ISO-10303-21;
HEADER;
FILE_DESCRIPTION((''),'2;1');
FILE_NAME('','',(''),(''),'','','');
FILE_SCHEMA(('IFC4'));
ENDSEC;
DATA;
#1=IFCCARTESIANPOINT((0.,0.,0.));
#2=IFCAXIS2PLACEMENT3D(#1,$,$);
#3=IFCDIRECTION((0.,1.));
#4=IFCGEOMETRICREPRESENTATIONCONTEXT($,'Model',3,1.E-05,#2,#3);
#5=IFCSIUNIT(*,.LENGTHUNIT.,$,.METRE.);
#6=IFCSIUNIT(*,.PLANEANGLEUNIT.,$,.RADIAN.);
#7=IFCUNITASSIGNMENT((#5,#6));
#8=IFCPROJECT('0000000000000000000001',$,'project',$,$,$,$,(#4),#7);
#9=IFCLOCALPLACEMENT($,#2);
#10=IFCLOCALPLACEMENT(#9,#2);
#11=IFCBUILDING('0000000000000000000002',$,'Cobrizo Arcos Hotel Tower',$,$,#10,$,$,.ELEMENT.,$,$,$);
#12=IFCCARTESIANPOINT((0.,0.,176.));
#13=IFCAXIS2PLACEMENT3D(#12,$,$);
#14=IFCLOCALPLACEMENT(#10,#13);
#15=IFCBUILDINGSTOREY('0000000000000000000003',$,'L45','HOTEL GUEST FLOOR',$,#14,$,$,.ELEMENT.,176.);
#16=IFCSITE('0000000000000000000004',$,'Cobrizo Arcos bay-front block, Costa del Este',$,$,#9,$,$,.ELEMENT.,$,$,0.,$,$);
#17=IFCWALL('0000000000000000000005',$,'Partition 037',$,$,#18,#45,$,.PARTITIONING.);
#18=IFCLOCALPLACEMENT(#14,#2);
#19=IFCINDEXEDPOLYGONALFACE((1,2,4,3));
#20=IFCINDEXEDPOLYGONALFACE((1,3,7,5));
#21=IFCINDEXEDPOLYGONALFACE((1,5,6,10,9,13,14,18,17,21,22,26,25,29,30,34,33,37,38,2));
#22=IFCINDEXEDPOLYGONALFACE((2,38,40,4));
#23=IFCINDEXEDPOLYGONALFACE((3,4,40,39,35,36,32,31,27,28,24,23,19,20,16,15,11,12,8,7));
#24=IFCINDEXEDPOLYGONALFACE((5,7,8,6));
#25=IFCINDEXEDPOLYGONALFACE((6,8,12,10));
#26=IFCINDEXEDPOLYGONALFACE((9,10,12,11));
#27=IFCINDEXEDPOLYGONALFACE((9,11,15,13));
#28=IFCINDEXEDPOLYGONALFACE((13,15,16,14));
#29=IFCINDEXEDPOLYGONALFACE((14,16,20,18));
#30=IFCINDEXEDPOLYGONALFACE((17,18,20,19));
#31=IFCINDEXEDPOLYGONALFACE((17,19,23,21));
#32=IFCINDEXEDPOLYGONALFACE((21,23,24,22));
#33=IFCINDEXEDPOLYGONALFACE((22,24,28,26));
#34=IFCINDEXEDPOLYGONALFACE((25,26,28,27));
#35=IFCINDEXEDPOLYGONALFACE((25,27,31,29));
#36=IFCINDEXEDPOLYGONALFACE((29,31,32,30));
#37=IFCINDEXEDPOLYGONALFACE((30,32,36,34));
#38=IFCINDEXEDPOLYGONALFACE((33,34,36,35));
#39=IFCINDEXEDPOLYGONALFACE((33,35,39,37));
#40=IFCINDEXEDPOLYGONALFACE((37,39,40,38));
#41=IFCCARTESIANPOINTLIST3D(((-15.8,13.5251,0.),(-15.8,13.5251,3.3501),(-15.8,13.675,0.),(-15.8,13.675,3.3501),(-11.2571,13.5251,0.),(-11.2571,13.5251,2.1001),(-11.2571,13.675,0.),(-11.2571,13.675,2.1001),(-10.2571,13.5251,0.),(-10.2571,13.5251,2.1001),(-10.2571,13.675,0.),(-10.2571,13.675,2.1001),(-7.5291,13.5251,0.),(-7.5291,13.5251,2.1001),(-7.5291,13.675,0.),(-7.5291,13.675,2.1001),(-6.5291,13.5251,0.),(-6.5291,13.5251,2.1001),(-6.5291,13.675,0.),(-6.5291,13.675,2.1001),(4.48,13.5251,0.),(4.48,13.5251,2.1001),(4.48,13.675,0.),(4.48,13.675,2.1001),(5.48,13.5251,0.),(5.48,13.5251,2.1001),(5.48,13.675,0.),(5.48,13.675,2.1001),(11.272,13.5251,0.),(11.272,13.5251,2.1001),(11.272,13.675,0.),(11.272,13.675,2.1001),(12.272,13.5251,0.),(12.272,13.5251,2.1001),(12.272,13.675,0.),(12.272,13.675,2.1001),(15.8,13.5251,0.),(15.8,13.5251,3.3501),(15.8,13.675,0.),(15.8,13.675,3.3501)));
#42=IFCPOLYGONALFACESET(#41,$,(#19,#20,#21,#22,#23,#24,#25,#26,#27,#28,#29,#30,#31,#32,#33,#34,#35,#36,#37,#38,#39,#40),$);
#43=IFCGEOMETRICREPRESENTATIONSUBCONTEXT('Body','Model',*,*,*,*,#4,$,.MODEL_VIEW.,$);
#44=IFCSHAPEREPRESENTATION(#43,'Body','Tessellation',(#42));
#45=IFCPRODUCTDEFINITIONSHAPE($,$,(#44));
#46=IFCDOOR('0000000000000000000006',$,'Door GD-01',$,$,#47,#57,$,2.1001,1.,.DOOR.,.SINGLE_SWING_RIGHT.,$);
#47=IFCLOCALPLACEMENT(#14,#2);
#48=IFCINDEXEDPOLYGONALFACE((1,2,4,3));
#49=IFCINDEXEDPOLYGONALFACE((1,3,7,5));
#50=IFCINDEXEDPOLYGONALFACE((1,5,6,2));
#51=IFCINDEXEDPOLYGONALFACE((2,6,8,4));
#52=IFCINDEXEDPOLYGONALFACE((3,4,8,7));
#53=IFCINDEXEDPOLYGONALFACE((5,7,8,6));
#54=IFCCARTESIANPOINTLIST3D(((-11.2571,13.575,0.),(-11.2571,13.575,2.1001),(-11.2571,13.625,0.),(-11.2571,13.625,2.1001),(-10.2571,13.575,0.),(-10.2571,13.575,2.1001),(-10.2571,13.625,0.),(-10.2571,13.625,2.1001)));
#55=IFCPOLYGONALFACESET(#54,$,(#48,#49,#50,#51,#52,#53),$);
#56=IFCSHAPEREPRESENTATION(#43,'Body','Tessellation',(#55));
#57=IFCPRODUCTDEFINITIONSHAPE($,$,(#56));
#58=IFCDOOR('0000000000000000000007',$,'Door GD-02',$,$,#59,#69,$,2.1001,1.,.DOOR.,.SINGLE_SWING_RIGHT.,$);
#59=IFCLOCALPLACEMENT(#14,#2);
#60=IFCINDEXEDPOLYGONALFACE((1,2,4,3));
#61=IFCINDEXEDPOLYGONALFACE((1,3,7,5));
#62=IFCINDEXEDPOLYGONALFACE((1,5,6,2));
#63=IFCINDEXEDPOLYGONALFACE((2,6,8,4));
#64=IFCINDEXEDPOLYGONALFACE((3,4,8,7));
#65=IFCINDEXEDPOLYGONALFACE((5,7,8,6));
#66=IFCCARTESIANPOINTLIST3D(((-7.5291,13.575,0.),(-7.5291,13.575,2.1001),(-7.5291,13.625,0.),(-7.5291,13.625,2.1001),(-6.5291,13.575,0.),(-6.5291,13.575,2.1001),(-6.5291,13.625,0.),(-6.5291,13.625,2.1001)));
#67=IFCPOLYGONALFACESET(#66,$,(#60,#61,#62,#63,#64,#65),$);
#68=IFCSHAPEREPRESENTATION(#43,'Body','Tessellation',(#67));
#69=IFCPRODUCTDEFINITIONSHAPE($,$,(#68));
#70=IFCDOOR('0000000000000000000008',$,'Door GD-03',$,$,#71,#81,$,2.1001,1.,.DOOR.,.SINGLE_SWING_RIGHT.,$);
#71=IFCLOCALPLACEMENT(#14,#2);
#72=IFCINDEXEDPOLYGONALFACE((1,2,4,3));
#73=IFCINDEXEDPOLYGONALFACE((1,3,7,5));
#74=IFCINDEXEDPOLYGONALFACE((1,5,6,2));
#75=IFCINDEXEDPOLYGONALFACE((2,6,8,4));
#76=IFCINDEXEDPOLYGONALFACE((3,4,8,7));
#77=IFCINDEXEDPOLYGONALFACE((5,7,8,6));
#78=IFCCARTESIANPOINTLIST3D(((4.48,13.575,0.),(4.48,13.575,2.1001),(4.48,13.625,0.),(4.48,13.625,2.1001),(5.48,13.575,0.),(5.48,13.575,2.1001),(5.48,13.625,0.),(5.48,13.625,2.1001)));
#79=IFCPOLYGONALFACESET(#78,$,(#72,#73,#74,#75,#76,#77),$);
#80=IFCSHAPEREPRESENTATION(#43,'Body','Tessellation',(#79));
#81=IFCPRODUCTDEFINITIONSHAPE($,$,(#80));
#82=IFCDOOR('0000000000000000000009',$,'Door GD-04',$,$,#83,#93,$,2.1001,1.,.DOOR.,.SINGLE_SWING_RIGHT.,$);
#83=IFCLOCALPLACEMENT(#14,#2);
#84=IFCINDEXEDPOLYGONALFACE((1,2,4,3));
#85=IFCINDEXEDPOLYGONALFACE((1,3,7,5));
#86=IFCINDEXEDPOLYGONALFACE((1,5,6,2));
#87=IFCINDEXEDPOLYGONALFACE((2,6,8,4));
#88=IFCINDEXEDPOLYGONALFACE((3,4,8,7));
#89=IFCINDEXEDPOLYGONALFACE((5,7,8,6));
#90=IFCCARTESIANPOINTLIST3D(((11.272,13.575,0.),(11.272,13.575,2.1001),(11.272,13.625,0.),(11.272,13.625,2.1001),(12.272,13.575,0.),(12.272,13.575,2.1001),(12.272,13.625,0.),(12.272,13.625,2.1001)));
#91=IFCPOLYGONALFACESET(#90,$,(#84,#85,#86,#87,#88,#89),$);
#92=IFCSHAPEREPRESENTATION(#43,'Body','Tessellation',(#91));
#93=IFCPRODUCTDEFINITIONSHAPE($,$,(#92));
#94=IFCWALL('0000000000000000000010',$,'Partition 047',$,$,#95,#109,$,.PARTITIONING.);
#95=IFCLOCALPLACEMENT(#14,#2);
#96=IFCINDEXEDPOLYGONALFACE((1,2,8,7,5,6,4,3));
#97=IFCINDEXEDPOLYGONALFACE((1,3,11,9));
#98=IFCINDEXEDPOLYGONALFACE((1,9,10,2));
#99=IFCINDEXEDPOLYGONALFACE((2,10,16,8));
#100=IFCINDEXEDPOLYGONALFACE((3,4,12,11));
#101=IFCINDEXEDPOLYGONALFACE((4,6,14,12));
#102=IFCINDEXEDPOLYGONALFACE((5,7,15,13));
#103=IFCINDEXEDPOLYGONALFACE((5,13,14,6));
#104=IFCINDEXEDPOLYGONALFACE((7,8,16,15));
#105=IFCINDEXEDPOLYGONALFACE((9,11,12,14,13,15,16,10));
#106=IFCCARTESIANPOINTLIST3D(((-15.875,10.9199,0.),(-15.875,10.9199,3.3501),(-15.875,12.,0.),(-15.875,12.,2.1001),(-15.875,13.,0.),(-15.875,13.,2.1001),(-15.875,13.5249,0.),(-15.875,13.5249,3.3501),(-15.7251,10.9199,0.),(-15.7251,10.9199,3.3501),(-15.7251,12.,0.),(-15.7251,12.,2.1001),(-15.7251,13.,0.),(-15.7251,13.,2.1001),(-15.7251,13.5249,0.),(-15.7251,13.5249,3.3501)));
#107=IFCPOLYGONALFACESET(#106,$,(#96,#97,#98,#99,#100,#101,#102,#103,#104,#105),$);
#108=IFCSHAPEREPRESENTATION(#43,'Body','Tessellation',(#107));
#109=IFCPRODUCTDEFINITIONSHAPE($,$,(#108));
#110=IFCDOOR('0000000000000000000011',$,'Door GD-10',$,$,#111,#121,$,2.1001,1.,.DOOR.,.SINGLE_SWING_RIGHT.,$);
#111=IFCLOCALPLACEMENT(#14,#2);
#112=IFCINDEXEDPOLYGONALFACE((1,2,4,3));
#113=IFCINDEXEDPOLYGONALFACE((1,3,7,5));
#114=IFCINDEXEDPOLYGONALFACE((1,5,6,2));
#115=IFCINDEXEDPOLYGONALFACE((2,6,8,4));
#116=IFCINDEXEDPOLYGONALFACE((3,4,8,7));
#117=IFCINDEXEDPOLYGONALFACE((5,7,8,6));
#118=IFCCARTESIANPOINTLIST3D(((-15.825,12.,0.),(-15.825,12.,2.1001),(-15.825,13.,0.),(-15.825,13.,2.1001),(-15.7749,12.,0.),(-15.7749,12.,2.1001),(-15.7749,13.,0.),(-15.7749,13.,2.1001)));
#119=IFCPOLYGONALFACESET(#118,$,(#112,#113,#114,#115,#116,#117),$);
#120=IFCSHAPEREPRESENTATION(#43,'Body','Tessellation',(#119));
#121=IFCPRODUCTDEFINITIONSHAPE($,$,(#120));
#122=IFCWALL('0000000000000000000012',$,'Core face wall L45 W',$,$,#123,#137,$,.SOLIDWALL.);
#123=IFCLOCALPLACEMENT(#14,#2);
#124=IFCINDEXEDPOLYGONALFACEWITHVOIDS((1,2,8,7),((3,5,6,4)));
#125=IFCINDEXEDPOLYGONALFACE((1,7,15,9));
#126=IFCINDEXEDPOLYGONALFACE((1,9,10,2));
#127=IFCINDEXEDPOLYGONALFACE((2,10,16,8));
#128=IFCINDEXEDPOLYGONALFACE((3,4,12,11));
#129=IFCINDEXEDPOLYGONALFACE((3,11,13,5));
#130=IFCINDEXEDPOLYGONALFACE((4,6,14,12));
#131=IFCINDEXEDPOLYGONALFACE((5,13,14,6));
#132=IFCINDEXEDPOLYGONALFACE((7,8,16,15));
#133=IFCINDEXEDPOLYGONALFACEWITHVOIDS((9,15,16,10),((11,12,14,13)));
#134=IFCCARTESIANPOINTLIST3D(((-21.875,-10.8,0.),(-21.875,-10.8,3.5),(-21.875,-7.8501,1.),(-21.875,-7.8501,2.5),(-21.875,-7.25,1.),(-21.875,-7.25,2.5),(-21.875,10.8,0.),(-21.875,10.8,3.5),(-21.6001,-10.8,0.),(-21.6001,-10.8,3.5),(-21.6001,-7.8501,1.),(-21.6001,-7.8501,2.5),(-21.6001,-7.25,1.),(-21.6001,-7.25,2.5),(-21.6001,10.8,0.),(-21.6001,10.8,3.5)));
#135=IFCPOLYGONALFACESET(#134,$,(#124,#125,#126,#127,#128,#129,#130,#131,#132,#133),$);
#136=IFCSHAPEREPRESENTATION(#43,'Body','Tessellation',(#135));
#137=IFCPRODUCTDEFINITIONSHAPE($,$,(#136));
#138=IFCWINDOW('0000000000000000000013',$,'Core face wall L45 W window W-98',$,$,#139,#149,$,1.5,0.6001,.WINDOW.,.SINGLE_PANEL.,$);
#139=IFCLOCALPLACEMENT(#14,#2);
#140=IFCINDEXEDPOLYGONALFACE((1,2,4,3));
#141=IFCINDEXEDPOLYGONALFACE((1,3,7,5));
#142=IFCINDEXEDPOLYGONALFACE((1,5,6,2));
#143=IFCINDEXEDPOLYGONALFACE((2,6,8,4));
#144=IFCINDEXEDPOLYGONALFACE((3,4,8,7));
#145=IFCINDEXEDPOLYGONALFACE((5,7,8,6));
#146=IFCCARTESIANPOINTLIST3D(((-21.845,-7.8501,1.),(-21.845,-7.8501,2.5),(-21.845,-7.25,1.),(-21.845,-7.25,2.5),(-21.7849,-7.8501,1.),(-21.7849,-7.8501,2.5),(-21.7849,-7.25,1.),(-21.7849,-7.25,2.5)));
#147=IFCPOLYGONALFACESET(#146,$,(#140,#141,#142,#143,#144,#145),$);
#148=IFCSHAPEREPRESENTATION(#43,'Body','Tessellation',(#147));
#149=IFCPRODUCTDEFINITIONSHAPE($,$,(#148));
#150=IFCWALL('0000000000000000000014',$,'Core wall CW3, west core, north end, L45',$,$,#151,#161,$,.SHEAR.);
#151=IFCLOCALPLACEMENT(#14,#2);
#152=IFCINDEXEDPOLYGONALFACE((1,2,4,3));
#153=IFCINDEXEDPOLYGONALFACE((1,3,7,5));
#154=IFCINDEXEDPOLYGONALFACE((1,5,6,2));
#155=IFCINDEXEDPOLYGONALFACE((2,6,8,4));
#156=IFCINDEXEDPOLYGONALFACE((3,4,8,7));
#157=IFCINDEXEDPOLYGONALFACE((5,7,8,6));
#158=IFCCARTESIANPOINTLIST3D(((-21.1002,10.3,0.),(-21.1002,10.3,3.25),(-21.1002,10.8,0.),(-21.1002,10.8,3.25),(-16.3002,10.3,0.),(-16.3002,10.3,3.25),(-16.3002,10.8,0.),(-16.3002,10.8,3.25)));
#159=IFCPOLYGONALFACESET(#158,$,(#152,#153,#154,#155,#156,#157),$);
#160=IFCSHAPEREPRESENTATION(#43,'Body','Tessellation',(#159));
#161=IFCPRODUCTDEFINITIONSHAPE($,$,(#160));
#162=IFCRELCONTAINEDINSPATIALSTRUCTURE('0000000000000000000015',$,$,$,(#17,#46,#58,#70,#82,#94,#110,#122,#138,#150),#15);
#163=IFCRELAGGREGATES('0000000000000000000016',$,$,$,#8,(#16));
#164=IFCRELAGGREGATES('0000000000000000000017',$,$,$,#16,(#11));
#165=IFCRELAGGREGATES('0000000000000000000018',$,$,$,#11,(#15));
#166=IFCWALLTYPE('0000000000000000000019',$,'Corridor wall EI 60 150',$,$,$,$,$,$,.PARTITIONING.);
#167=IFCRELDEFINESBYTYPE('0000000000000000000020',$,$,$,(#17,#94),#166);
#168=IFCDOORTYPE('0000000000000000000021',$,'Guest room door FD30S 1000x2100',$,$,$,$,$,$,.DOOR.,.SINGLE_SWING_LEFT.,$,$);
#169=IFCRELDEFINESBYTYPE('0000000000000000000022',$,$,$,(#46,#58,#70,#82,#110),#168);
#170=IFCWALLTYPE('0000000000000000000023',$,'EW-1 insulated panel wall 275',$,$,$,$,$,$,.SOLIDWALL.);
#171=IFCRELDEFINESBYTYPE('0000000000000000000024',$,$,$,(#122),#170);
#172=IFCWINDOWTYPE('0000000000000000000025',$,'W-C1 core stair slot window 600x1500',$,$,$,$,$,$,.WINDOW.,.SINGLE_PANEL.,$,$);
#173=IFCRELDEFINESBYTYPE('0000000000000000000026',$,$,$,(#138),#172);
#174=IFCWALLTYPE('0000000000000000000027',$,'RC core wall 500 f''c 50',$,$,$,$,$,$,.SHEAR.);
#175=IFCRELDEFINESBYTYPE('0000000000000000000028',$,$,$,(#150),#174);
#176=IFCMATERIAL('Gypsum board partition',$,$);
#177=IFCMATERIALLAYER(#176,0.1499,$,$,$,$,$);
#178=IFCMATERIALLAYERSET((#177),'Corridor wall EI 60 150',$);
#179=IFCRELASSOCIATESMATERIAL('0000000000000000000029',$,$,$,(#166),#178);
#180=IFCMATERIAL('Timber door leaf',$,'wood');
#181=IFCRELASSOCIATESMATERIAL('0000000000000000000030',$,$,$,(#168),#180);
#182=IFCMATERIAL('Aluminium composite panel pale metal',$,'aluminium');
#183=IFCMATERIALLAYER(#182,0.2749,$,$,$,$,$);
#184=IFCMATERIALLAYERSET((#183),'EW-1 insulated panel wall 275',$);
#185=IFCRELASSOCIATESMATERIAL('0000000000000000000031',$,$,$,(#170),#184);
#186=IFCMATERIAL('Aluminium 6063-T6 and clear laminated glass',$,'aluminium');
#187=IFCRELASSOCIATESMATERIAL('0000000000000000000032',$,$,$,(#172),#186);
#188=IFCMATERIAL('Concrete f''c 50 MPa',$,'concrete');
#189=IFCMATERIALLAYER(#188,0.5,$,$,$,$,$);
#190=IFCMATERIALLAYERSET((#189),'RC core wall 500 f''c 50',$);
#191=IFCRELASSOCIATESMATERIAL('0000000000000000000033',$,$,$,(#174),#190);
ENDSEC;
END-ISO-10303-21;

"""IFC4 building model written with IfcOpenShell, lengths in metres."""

from ifc_helpers import new_model, si_unit, direction, frame, frame_2d, origin, place, context, subcontext, project, spatial, rectangle, extrude, material, layer, layer_set, type_object, element, fill, save


model = new_model("IFC4")

# Units and contexts
model_context = context("Model", 3, precision=1e-05, world=origin(), true_north=direction((0.0, 1.0)))
body_context = subcontext(model_context, "Body", "Model", "MODEL_VIEW")
ifc_project = project(units=[si_unit("LENGTHUNIT", "METRE"), si_unit("PLANEANGLEUNIT", "RADIAN")], contexts=[model_context])

# Site, building, storey
site_placement = place(None, origin())
site = spatial("IfcSite", under=ifc_project, at=site_placement, Name="Cobrizo Arcos bay-front block, Costa del Este", CompositionType="ELEMENT", RefElevation=0.0)
building_placement = place(site_placement, origin())
building = spatial("IfcBuilding", under=site, at=building_placement, Name="Cobrizo Arcos Hotel Tower", CompositionType="ELEMENT")
storey_placement = place(building_placement, frame((0.0, 0.0, 176.0)))
storey = spatial("IfcBuildingStorey", under=building, at=storey_placement, Name="L45", Description="HOTEL GUEST FLOOR", CompositionType="ELEMENT", Elevation=176.0)

# Shared definitions
ifc_material_1 = material(Name="Aluminium composite panel pale metal", Category="aluminium")

# Wall, openings, doors
ifc_material_2 = material(Name="Gypsum board partition")
ifc_layer_1 = layer(ifc_material_2, 0.1499)
ifc_layer_set_1 = layer_set([ifc_layer_1], Name="Corridor wall EI 60 150")
wall_type_1 = type_object("IfcWallType", Name="Corridor wall EI 60 150", PredefinedType="PARTITIONING", material=ifc_layer_set_1)
wall_1_placement = place(storey_placement, frame((-15.8, 13.6001, 0.0), z_axis=(0.0, 0.0, 1.0), x_axis=(1.0, 0.0, 0.0)))
wall_1 = element("IfcWall", 1, at=wall_1_placement, inside=storey, type_object=wall_type_1, Name="Partition 037", PredefinedType="PARTITIONING", context=body_context, shape_type="SweptSolid", body=[
    extrude(rectangle(XDim=31.6001, YDim=0.1499, at=frame_2d((15.8, 0.0))), origin(), (0.0, 0.0, 1.0), 3.3501),
])
opening_1_placement = place(wall_1_placement, frame((4.543, 0.0, 0.0)))
opening_1 = element("IfcOpeningElement", 2, at=opening_1_placement, cuts=wall_1, PredefinedType="OPENING", context=body_context, shape_type="SweptSolid", body=[
    extrude(rectangle(XDim=1.0, YDim=2.1001, at=frame_2d((0.5, 1.05))), frame((0.0, 0.0869, 0.0), z_axis=(0.0, -1.0, 0.0), x_axis=(1.0, 0.0, 0.0)), (0.0, 0.0, 1.0), 0.1738),
])
opening_2_placement = place(wall_1_placement, frame((8.271, 0.0, 0.0)))
opening_2 = element("IfcOpeningElement", 3, at=opening_2_placement, cuts=wall_1, PredefinedType="OPENING", context=body_context, shape_type="SweptSolid", body=[
    extrude(rectangle(XDim=1.0, YDim=2.1001, at=frame_2d((0.5, 1.05))), frame((0.0, 0.0869, 0.0), z_axis=(0.0, -1.0, 0.0), x_axis=(1.0, 0.0, 0.0)), (0.0, 0.0, 1.0), 0.1738),
])
opening_3_placement = place(wall_1_placement, frame((20.28, 0.0, 0.0)))
opening_3 = element("IfcOpeningElement", 4, at=opening_3_placement, cuts=wall_1, PredefinedType="OPENING", context=body_context, shape_type="SweptSolid", body=[
    extrude(rectangle(XDim=1.0, YDim=2.1001, at=frame_2d((0.5, 1.05))), frame((0.0, 0.0869, 0.0), z_axis=(0.0, -1.0, 0.0), x_axis=(1.0, 0.0, 0.0)), (0.0, 0.0, 1.0), 0.1738),
])
opening_4_placement = place(wall_1_placement, frame((27.072, 0.0, 0.0)))
opening_4 = element("IfcOpeningElement", 5, at=opening_4_placement, cuts=wall_1, PredefinedType="OPENING", context=body_context, shape_type="SweptSolid", body=[
    extrude(rectangle(XDim=1.0, YDim=2.1001, at=frame_2d((0.5, 1.05))), frame((0.0, 0.0869, 0.0), z_axis=(0.0, -1.0, 0.0), x_axis=(1.0, 0.0, 0.0)), (0.0, 0.0, 1.0), 0.1738),
])
ifc_material_3 = material(Name="Timber door leaf", Category="wood")
door_type = type_object("IfcDoorType", Name="Guest room door FD30S 1000x2100", OperationType="SINGLE_SWING_LEFT", PredefinedType="DOOR", material=ifc_material_3)
door_1_placement = place(opening_1_placement, origin())
door_1 = element("IfcDoor", 6, at=door_1_placement, inside=storey, type_object=door_type, Name="Door GD-01", OperationType="SINGLE_SWING_RIGHT", OverallHeight=2.1001, OverallWidth=1.0, PredefinedType="DOOR", context=body_context, shape_type="SweptSolid", body=[
    extrude(rectangle(XDim=1.0, YDim=2.1001, at=frame_2d((0.5, 1.05))), frame((0.0, 0.0249, 0.0), z_axis=(0.0, -1.0, 0.0), x_axis=(1.0, 0.0, 0.0)), (0.0, 0.0, 1.0), 0.05),
])
fill(opening_1, door_1)
door_2_placement = place(opening_2_placement, origin())
door_2 = element("IfcDoor", 7, at=door_2_placement, inside=storey, type_object=door_type, Name="Door GD-02", OperationType="SINGLE_SWING_RIGHT", OverallHeight=2.1001, OverallWidth=1.0, PredefinedType="DOOR", context=body_context, shape_type="SweptSolid", body=[
    extrude(rectangle(XDim=1.0, YDim=2.1001, at=frame_2d((0.5, 1.05))), frame((0.0, 0.0249, 0.0), z_axis=(0.0, -1.0, 0.0), x_axis=(1.0, 0.0, 0.0)), (0.0, 0.0, 1.0), 0.05),
])
fill(opening_2, door_2)
door_3_placement = place(opening_3_placement, origin())
door_3 = element("IfcDoor", 8, at=door_3_placement, inside=storey, type_object=door_type, Name="Door GD-03", OperationType="SINGLE_SWING_RIGHT", OverallHeight=2.1001, OverallWidth=1.0, PredefinedType="DOOR", context=body_context, shape_type="SweptSolid", body=[
    extrude(rectangle(XDim=1.0, YDim=2.1001, at=frame_2d((0.5, 1.05))), frame((0.0, 0.0249, 0.0), z_axis=(0.0, -1.0, 0.0), x_axis=(1.0, 0.0, 0.0)), (0.0, 0.0, 1.0), 0.05),
])
fill(opening_3, door_3)
door_4_placement = place(opening_4_placement, origin())
door_4 = element("IfcDoor", 9, at=door_4_placement, inside=storey, type_object=door_type, Name="Door GD-04", OperationType="SINGLE_SWING_RIGHT", OverallHeight=2.1001, OverallWidth=1.0, PredefinedType="DOOR", context=body_context, shape_type="SweptSolid", body=[
    extrude(rectangle(XDim=1.0, YDim=2.1001, at=frame_2d((0.5, 1.05))), frame((0.0, 0.0249, 0.0), z_axis=(0.0, -1.0, 0.0), x_axis=(1.0, 0.0, 0.0)), (0.0, 0.0, 1.0), 0.05),
])
fill(opening_4, door_4)

# Wall, opening, door
wall_2_placement = place(storey_placement, frame((-15.8, 10.9199, 0.0), z_axis=(0.0, 0.0, 1.0), x_axis=(0.0, 1.0, 0.0)))
wall_2 = element("IfcWall", 10, at=wall_2_placement, inside=storey, type_object=wall_type_1, Name="Partition 047", PredefinedType="PARTITIONING", context=body_context, shape_type="SweptSolid", body=[
    extrude(rectangle(XDim=2.605, YDim=0.1499, at=frame_2d((1.3025, 0.0))), origin(), (0.0, 0.0, 1.0), 3.3501),
])
opening_5_placement = place(wall_2_placement, frame((1.0801, 0.0, 0.0)))
opening_5 = element("IfcOpeningElement", 11, at=opening_5_placement, cuts=wall_2, PredefinedType="OPENING", context=body_context, shape_type="SweptSolid", body=[
    extrude(rectangle(XDim=1.0, YDim=2.1001, at=frame_2d((0.5, 1.05))), frame((0.0, 0.0869, 0.0), z_axis=(0.0, -1.0, 0.0), x_axis=(1.0, 0.0, 0.0)), (0.0, 0.0, 1.0), 0.1738),
])
door_5_placement = place(opening_5_placement, origin())
door_5 = element("IfcDoor", 12, at=door_5_placement, inside=storey, type_object=door_type, Name="Door GD-10", OperationType="SINGLE_SWING_RIGHT", OverallHeight=2.1001, OverallWidth=1.0, PredefinedType="DOOR", context=body_context, shape_type="SweptSolid", body=[
    extrude(rectangle(XDim=1.0, YDim=2.1001, at=frame_2d((0.5, 1.05))), frame((0.0, 0.0249, 0.0), z_axis=(0.0, -1.0, 0.0), x_axis=(1.0, 0.0, 0.0)), (0.0, 0.0, 1.0), 0.05),
])
fill(opening_5, door_5)

# Wall, opening, window
ifc_layer_2 = layer(ifc_material_1, 0.2749)
ifc_layer_set_2 = layer_set([ifc_layer_2], Name="EW-1 insulated panel wall 275")
wall_type_2 = type_object("IfcWallType", Name="EW-1 insulated panel wall 275", PredefinedType="SOLIDWALL", material=ifc_layer_set_2)
wall_3_placement = place(storey_placement, frame((-21.7375, 10.8, 0.0), z_axis=(0.0, 0.0, 1.0), x_axis=(0.0, -1.0, 0.0)))
wall_3 = element("IfcWall", 13, at=wall_3_placement, inside=storey, type_object=wall_type_2, Name="Core face wall L45 W", PredefinedType="SOLIDWALL", context=body_context, shape_type="SweptSolid", body=[
    extrude(rectangle(XDim=21.6001, YDim=0.2749, at=frame_2d((10.8, 0.0))), origin(), (0.0, 0.0, 1.0), 3.5),
])
opening_6_placement = place(wall_3_placement, frame((18.05, 0.0, 1.0)))
opening_6 = element("IfcOpeningElement", 14, at=opening_6_placement, cuts=wall_3, PredefinedType="OPENING", context=body_context, shape_type="SweptSolid", body=[
    extrude(rectangle(XDim=0.6001, YDim=1.5, at=frame_2d((0.3, 0.75))), frame((0.0, 0.1494, 0.0), z_axis=(0.0, -1.0, 0.0), x_axis=(1.0, 0.0, 0.0)), (0.0, 0.0, 1.0), 0.2988),
])
ifc_material_4 = material(Name="Aluminium 6063-T6 and clear laminated glass", Category="aluminium")
window_type = type_object("IfcWindowType", Name="W-C1 core stair slot window 600x1500", PartitioningType="SINGLE_PANEL", PredefinedType="WINDOW", material=ifc_material_4)
window_placement = place(opening_6_placement, origin())
window = element("IfcWindow", 15, at=window_placement, inside=storey, type_object=window_type, Name="Core face wall L45 W window W-98", OverallHeight=1.5, OverallWidth=0.6001, PartitioningType="SINGLE_PANEL", PredefinedType="WINDOW", context=body_context, shape_type="SweptSolid", body=[
    extrude(rectangle(XDim=0.6001, YDim=1.5, at=frame_2d((0.3, 0.75))), frame((0.0, -0.0474, 0.0), z_axis=(0.0, -1.0, 0.0), x_axis=(1.0, 0.0, 0.0)), (0.0, 0.0, 1.0), 0.0601),
])
fill(opening_6, window)

# Wall
ifc_material_5 = material(Name="Concrete f'c 50 MPa", Category="concrete")
ifc_layer_3 = layer(ifc_material_5, 0.5)
ifc_layer_set_3 = layer_set([ifc_layer_3], Name="RC core wall 500 f'c 50")
wall_type_3 = type_object("IfcWallType", Name="RC core wall 500 f'c 50", PredefinedType="SHEAR", material=ifc_layer_set_3)
wall_4_placement = place(storey_placement, frame((-21.1001, 10.55, 0.0), z_axis=(0.0, 0.0, 1.0), x_axis=(1.0, 0.0, 0.0)))
element("IfcWall", 16, at=wall_4_placement, inside=storey, type_object=wall_type_3, Name="Core wall CW3, west core, north end, L45", PredefinedType="SHEAR", context=body_context, shape_type="SweptSolid", body=[
    extrude(rectangle(XDim=4.8, YDim=0.5, at=frame_2d((2.3999, 0.0))), origin(), (0.0, 0.0, 1.0), 3.25),
])

save(model, "model.ifc")
